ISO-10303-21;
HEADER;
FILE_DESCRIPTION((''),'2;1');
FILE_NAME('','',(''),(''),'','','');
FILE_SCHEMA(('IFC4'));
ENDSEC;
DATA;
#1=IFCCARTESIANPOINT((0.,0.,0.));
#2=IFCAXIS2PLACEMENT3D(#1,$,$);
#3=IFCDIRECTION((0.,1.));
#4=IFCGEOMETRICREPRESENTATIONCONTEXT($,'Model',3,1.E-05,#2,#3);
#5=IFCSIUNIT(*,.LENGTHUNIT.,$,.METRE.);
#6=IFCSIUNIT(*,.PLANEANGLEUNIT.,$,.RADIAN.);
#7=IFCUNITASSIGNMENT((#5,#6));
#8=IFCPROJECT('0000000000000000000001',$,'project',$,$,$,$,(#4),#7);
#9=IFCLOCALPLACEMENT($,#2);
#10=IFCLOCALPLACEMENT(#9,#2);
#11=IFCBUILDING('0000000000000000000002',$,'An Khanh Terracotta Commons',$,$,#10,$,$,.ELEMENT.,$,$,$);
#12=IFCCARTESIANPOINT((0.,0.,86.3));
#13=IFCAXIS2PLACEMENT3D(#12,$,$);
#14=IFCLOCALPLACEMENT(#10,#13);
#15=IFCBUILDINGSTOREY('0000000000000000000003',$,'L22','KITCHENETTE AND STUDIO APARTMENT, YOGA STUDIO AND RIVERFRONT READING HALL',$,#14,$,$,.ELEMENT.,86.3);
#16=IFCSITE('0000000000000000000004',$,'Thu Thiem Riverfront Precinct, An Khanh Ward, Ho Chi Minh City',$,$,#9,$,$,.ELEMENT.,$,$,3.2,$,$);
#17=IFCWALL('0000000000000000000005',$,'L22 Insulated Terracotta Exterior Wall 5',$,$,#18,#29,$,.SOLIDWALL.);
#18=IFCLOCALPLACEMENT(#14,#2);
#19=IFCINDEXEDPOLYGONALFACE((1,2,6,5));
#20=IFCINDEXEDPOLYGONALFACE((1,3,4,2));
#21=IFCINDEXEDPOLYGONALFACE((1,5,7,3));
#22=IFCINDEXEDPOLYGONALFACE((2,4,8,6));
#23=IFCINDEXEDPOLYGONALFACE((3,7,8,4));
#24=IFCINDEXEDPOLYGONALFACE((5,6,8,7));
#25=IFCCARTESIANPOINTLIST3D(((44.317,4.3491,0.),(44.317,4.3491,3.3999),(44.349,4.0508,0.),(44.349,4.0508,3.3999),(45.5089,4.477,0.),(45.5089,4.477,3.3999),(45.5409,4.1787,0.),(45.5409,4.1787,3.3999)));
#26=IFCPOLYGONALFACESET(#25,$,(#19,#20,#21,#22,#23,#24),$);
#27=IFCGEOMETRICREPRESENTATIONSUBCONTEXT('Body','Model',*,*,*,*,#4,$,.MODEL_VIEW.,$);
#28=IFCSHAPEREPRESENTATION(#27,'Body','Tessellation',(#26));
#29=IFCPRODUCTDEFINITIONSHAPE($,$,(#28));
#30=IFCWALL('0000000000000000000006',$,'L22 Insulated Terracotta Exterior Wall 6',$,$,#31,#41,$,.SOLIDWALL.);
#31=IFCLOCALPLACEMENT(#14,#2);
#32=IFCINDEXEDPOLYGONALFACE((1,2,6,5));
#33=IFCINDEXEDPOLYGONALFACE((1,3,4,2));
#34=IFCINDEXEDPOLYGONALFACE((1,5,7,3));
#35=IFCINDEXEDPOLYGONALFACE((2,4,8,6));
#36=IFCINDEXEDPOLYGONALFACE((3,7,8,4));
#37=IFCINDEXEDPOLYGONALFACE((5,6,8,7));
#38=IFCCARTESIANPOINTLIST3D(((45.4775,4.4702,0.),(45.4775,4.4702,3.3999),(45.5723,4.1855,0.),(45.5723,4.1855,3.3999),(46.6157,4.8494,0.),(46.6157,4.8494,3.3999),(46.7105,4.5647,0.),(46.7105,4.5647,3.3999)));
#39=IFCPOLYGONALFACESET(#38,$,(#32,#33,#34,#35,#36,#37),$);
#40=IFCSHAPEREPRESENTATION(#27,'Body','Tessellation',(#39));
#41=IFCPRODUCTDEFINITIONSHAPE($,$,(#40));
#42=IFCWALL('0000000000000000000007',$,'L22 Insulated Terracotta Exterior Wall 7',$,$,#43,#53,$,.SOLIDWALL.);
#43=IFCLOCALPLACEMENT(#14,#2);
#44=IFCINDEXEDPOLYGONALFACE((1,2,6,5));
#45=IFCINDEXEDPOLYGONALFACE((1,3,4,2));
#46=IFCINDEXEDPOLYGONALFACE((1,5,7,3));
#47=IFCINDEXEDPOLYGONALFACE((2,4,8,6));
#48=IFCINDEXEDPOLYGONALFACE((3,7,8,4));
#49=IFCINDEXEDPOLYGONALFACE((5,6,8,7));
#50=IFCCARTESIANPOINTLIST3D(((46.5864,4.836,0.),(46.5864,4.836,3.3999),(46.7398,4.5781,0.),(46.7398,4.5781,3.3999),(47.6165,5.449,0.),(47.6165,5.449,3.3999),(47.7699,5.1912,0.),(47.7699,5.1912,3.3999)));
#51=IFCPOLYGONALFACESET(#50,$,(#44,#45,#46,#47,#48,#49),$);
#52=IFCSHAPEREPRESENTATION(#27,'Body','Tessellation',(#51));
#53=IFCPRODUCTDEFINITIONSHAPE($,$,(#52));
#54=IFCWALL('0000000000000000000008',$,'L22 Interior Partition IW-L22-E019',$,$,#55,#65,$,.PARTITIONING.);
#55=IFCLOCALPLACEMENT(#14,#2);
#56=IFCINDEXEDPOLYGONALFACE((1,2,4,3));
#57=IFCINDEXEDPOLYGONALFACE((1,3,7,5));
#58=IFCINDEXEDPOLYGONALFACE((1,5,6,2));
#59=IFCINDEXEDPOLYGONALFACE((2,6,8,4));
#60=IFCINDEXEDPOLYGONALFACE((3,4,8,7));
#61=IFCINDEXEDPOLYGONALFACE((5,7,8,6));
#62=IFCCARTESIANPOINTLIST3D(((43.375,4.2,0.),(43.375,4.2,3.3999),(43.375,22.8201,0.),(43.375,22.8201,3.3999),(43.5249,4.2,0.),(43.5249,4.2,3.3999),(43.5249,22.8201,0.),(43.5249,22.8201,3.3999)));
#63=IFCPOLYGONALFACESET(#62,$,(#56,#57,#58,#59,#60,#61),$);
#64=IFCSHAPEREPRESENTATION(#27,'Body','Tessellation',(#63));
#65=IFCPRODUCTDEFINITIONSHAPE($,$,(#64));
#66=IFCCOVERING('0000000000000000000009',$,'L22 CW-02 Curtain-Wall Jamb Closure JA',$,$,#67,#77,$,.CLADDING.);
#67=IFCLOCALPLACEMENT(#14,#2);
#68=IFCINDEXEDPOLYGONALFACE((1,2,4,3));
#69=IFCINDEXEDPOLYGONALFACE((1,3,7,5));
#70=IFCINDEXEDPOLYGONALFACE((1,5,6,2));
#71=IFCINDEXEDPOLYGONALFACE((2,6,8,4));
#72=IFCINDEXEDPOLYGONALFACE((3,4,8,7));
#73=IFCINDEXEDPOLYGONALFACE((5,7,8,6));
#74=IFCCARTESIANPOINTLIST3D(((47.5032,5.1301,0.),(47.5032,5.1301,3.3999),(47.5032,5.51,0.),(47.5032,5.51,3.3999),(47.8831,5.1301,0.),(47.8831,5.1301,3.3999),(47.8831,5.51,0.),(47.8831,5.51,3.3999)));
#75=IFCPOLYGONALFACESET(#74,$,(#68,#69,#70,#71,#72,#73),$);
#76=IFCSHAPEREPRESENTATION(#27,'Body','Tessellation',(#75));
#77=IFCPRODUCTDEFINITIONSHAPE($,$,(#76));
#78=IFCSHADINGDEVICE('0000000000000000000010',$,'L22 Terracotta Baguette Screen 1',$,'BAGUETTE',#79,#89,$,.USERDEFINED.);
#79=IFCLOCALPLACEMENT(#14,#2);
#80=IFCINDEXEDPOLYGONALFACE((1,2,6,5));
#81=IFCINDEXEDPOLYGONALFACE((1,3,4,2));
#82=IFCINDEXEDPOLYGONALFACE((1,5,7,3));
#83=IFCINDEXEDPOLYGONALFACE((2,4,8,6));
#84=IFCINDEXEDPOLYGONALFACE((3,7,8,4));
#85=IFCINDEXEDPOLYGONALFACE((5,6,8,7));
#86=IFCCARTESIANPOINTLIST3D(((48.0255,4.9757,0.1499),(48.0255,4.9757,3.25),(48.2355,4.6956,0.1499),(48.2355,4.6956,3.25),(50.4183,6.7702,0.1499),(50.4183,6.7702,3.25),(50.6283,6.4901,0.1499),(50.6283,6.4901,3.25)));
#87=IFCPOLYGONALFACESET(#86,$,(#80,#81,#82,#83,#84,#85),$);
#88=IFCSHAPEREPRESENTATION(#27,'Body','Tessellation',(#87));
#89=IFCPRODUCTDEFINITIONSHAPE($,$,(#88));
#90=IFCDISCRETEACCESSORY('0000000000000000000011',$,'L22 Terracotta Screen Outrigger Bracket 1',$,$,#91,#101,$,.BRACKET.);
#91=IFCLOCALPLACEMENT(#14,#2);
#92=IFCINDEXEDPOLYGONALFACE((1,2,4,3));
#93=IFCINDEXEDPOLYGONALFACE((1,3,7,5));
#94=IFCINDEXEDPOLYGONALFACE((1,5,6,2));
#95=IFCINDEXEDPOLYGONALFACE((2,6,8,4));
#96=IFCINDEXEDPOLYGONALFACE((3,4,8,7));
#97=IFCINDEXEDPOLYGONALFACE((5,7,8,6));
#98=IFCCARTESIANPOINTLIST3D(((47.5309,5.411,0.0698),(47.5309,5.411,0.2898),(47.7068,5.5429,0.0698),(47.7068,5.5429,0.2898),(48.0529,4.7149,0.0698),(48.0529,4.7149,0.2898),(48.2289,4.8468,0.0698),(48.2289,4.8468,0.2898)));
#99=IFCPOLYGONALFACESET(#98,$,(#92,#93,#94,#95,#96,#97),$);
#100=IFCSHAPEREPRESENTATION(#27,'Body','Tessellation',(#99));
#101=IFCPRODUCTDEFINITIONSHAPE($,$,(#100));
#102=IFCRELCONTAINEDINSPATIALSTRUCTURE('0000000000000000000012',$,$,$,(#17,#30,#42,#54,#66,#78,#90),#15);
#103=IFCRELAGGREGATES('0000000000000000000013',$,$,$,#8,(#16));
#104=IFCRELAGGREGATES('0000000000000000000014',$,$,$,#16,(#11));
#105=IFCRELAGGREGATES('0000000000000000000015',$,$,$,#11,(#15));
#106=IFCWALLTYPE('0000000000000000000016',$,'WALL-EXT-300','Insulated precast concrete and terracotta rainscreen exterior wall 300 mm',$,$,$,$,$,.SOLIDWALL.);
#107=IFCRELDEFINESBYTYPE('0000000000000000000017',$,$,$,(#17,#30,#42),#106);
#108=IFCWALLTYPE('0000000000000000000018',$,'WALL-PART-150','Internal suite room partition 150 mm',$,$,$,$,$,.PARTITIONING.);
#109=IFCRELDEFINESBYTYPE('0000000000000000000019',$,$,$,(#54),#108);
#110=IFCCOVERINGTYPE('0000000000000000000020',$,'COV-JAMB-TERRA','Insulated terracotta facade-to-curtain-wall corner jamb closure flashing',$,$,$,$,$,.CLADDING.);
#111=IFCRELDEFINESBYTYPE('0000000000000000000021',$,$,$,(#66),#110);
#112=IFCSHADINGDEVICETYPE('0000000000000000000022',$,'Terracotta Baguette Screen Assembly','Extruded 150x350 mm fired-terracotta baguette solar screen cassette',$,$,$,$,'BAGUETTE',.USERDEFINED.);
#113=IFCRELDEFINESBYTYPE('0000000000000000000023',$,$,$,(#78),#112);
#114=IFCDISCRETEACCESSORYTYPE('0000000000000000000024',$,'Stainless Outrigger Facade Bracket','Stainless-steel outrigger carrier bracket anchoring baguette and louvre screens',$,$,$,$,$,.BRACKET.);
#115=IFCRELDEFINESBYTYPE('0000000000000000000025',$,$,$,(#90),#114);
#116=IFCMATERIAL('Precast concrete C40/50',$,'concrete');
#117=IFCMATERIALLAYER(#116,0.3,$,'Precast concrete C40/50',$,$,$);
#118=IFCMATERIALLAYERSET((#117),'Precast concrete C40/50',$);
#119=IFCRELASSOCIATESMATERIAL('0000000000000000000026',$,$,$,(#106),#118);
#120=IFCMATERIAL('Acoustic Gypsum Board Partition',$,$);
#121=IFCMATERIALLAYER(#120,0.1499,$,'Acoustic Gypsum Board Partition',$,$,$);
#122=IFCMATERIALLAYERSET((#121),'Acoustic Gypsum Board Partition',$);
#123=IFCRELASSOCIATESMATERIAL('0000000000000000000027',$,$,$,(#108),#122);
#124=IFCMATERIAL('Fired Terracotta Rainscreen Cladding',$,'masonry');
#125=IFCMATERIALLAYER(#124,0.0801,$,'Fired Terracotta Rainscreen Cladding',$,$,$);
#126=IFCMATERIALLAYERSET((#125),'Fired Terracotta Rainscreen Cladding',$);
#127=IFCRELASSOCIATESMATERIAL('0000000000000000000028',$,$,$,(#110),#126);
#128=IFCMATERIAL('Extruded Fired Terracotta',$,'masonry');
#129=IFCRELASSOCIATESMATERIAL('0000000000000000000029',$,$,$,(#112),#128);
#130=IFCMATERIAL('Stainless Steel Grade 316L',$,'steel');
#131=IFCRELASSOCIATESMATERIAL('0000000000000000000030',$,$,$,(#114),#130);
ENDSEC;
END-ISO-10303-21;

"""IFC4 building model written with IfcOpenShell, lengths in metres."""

from ifc_helpers import new_model, si_unit, direction, frame, frame_2d, origin, origin_2d, place, context, subcontext, project, spatial, rectangle, extrude, material, layer, layer_set, type_object, element, save


model = new_model("IFC4")

# Units and contexts
model_context = context("Model", 3, precision=1e-05, world=origin(), true_north=direction((0.0, 1.0)))
body_context = subcontext(model_context, "Body", "Model", "MODEL_VIEW")
ifc_project = project(units=[si_unit("LENGTHUNIT", "METRE"), si_unit("PLANEANGLEUNIT", "RADIAN")], contexts=[model_context])

# Site, building, storey
site_placement = place(None, origin())
site = spatial("IfcSite", under=ifc_project, at=site_placement, Name="Thu Thiem Riverfront Precinct, An Khanh Ward, Ho Chi Minh City", CompositionType="ELEMENT", RefElevation=3.2)
building_placement = place(site_placement, origin())
building = spatial("IfcBuilding", under=site, at=building_placement, Name="An Khanh Terracotta Commons", CompositionType="ELEMENT")
storey_placement = place(building_placement, frame((0.0, 0.0, 86.3)))
storey = spatial("IfcBuildingStorey", under=building, at=storey_placement, Name="L22", Description="KITCHENETTE AND STUDIO APARTMENT, YOGA STUDIO AND RIVERFRONT READING HALL", CompositionType="ELEMENT", Elevation=86.3)

# Walls
ifc_material_1 = material(Name="Precast concrete C40/50", Category="concrete")
ifc_layer_1 = layer(ifc_material_1, 0.3, Name="Precast concrete C40/50")
ifc_layer_set_1 = layer_set([ifc_layer_1], Name="Precast concrete C40/50")
wall_type_1 = type_object("IfcWallType", Name="WALL-EXT-300", Description="Insulated precast concrete and terracotta rainscreen exterior wall 300 mm", PredefinedType="SOLIDWALL", material=ifc_layer_set_1)
wall_1_placement = place(storey_placement, frame((44.333, 4.2, 0.0), z_axis=(0.0, 0.0, 1.0), x_axis=(0.994289, 0.10672, 0.0)))
element("IfcWall", 1, at=wall_1_placement, inside=storey, type_object=wall_type_1, Name="L22 Insulated Terracotta Exterior Wall 5", PredefinedType="SOLIDWALL", context=body_context, shape_type="SweptSolid", body=[
    extrude(rectangle(XDim=1.1987, YDim=0.3, at=frame_2d((0.5994, 0.0))), origin(), (0.0, 0.0, 1.0), 3.3999),
])
wall_2_placement = place(storey_placement, frame((45.5249, 4.3279, 0.0), z_axis=(0.0, 0.0, 1.0), x_axis=(0.948744, 0.316045, 0.0)))
element("IfcWall", 2, at=wall_2_placement, inside=storey, type_object=wall_type_1, Name="L22 Insulated Terracotta Exterior Wall 6", PredefinedType="SOLIDWALL", context=body_context, shape_type="SweptSolid", body=[
    extrude(rectangle(XDim=1.1997, YDim=0.3, at=frame_2d((0.5999, 0.0))), origin(), (0.0, 0.0, 1.0), 3.3999),
])
wall_3_placement = place(storey_placement, frame((46.6631, 4.707, 0.0), z_axis=(0.0, 0.0, 1.0), x_axis=(0.859321, 0.511437, 0.0)))
element("IfcWall", 3, at=wall_3_placement, inside=storey, type_object=wall_type_1, Name="L22 Insulated Terracotta Exterior Wall 7", PredefinedType="SOLIDWALL", context=body_context, shape_type="SweptSolid", body=[
    extrude(rectangle(XDim=1.1987, YDim=0.3, at=frame_2d((0.5994, 0.0))), origin(), (0.0, 0.0, 1.0), 3.3999),
])
ifc_material_2 = material(Name="Acoustic Gypsum Board Partition")
ifc_layer_2 = layer(ifc_material_2, 0.1499, Name="Acoustic Gypsum Board Partition")
ifc_layer_set_2 = layer_set([ifc_layer_2], Name="Acoustic Gypsum Board Partition")
wall_type_2 = type_object("IfcWallType", Name="WALL-PART-150", Description="Internal suite room partition 150 mm", PredefinedType="PARTITIONING", material=ifc_layer_set_2)
wall_4_placement = place(storey_placement, frame((43.45, 4.2, 0.0), z_axis=(0.0, 0.0, 1.0), x_axis=(0.0, 1.0, 0.0)))
element("IfcWall", 4, at=wall_4_placement, inside=storey, type_object=wall_type_2, Name="L22 Interior Partition IW-L22-E019", PredefinedType="PARTITIONING", context=body_context, shape_type="SweptSolid", body=[
    extrude(rectangle(XDim=18.6201, YDim=0.1499, at=frame_2d((9.3101, 0.0))), origin(), (0.0, 0.0, 1.0), 3.3999),
])

# Covering
ifc_material_3 = material(Name="Fired Terracotta Rainscreen Cladding", Category="masonry")
ifc_layer_3 = layer(ifc_material_3, 0.0801, Name="Fired Terracotta Rainscreen Cladding")
ifc_layer_set_3 = layer_set([ifc_layer_3], Name="Fired Terracotta Rainscreen Cladding")
covering_type = type_object("IfcCoveringType", Name="COV-JAMB-TERRA", Description="Insulated terracotta facade-to-curtain-wall corner jamb closure flashing", PredefinedType="CLADDING", material=ifc_layer_set_3)
covering_placement = place(storey_placement, frame((47.6931, 5.3201, 0.0), z_axis=(0.0, 0.0, 1.0), x_axis=(1.0, 0.0, 0.0)))
element("IfcCovering", 5, at=covering_placement, inside=storey, type_object=covering_type, Name="L22 CW-02 Curtain-Wall Jamb Closure JA", PredefinedType="CLADDING", context=body_context, shape_type="SweptSolid", body=[
    extrude(rectangle(XDim=0.3799, YDim=0.3799, at=origin_2d()), origin(), (0.0, 0.0, 1.0), 3.3999),
])

# Shading device
ifc_material_4 = material(Name="Extruded Fired Terracotta", Category="masonry")
shading_device_type = type_object("IfcShadingDeviceType", Name="Terracotta Baguette Screen Assembly", Description="Extruded 150x350 mm fired-terracotta baguette solar screen cassette", ElementType="BAGUETTE", PredefinedType="USERDEFINED", material=ifc_material_4)
shading_device_placement = place(storey_placement, frame((49.3269, 5.7329, 0.1499), z_axis=(0.0, 0.0, 1.0), x_axis=(0.800013, 0.599983, 0.0)))
element("IfcShadingDevice", 6, at=shading_device_placement, inside=storey, type_object=shading_device_type, Name="L22 Terracotta Baguette Screen 1", ObjectType="BAGUETTE", PredefinedType="USERDEFINED", context=body_context, shape_type="SweptSolid", body=[
    extrude(rectangle(XDim=2.991, YDim=0.3501, at=origin_2d()), origin(), (0.0, 0.0, 1.0), 3.1001),
])

# Discrete accessory
ifc_material_5 = material(Name="Stainless Steel Grade 316L", Category="steel")
discrete_accessory_type = type_object("IfcDiscreteAccessoryType", Name="Stainless Outrigger Facade Bracket", Description="Stainless-steel outrigger carrier bracket anchoring baguette and louvre screens", PredefinedType="BRACKET", material=ifc_material_5)
discrete_accessory_placement = place(storey_placement, frame((47.8799, 5.1289, 0.0698), z_axis=(0.0, 0.0, 1.0), x_axis=(0.800013, 0.599983, 0.0)))
element("IfcDiscreteAccessory", 7, at=discrete_accessory_placement, inside=storey, type_object=discrete_accessory_type, Name="L22 Terracotta Screen Outrigger Bracket 1", PredefinedType="BRACKET", context=body_context, shape_type="SweptSolid", body=[
    extrude(rectangle(XDim=0.22, YDim=0.8701, at=origin_2d()), origin(), (0.0, 0.0, 1.0), 0.22),
])

save(model, "model.ifc")
